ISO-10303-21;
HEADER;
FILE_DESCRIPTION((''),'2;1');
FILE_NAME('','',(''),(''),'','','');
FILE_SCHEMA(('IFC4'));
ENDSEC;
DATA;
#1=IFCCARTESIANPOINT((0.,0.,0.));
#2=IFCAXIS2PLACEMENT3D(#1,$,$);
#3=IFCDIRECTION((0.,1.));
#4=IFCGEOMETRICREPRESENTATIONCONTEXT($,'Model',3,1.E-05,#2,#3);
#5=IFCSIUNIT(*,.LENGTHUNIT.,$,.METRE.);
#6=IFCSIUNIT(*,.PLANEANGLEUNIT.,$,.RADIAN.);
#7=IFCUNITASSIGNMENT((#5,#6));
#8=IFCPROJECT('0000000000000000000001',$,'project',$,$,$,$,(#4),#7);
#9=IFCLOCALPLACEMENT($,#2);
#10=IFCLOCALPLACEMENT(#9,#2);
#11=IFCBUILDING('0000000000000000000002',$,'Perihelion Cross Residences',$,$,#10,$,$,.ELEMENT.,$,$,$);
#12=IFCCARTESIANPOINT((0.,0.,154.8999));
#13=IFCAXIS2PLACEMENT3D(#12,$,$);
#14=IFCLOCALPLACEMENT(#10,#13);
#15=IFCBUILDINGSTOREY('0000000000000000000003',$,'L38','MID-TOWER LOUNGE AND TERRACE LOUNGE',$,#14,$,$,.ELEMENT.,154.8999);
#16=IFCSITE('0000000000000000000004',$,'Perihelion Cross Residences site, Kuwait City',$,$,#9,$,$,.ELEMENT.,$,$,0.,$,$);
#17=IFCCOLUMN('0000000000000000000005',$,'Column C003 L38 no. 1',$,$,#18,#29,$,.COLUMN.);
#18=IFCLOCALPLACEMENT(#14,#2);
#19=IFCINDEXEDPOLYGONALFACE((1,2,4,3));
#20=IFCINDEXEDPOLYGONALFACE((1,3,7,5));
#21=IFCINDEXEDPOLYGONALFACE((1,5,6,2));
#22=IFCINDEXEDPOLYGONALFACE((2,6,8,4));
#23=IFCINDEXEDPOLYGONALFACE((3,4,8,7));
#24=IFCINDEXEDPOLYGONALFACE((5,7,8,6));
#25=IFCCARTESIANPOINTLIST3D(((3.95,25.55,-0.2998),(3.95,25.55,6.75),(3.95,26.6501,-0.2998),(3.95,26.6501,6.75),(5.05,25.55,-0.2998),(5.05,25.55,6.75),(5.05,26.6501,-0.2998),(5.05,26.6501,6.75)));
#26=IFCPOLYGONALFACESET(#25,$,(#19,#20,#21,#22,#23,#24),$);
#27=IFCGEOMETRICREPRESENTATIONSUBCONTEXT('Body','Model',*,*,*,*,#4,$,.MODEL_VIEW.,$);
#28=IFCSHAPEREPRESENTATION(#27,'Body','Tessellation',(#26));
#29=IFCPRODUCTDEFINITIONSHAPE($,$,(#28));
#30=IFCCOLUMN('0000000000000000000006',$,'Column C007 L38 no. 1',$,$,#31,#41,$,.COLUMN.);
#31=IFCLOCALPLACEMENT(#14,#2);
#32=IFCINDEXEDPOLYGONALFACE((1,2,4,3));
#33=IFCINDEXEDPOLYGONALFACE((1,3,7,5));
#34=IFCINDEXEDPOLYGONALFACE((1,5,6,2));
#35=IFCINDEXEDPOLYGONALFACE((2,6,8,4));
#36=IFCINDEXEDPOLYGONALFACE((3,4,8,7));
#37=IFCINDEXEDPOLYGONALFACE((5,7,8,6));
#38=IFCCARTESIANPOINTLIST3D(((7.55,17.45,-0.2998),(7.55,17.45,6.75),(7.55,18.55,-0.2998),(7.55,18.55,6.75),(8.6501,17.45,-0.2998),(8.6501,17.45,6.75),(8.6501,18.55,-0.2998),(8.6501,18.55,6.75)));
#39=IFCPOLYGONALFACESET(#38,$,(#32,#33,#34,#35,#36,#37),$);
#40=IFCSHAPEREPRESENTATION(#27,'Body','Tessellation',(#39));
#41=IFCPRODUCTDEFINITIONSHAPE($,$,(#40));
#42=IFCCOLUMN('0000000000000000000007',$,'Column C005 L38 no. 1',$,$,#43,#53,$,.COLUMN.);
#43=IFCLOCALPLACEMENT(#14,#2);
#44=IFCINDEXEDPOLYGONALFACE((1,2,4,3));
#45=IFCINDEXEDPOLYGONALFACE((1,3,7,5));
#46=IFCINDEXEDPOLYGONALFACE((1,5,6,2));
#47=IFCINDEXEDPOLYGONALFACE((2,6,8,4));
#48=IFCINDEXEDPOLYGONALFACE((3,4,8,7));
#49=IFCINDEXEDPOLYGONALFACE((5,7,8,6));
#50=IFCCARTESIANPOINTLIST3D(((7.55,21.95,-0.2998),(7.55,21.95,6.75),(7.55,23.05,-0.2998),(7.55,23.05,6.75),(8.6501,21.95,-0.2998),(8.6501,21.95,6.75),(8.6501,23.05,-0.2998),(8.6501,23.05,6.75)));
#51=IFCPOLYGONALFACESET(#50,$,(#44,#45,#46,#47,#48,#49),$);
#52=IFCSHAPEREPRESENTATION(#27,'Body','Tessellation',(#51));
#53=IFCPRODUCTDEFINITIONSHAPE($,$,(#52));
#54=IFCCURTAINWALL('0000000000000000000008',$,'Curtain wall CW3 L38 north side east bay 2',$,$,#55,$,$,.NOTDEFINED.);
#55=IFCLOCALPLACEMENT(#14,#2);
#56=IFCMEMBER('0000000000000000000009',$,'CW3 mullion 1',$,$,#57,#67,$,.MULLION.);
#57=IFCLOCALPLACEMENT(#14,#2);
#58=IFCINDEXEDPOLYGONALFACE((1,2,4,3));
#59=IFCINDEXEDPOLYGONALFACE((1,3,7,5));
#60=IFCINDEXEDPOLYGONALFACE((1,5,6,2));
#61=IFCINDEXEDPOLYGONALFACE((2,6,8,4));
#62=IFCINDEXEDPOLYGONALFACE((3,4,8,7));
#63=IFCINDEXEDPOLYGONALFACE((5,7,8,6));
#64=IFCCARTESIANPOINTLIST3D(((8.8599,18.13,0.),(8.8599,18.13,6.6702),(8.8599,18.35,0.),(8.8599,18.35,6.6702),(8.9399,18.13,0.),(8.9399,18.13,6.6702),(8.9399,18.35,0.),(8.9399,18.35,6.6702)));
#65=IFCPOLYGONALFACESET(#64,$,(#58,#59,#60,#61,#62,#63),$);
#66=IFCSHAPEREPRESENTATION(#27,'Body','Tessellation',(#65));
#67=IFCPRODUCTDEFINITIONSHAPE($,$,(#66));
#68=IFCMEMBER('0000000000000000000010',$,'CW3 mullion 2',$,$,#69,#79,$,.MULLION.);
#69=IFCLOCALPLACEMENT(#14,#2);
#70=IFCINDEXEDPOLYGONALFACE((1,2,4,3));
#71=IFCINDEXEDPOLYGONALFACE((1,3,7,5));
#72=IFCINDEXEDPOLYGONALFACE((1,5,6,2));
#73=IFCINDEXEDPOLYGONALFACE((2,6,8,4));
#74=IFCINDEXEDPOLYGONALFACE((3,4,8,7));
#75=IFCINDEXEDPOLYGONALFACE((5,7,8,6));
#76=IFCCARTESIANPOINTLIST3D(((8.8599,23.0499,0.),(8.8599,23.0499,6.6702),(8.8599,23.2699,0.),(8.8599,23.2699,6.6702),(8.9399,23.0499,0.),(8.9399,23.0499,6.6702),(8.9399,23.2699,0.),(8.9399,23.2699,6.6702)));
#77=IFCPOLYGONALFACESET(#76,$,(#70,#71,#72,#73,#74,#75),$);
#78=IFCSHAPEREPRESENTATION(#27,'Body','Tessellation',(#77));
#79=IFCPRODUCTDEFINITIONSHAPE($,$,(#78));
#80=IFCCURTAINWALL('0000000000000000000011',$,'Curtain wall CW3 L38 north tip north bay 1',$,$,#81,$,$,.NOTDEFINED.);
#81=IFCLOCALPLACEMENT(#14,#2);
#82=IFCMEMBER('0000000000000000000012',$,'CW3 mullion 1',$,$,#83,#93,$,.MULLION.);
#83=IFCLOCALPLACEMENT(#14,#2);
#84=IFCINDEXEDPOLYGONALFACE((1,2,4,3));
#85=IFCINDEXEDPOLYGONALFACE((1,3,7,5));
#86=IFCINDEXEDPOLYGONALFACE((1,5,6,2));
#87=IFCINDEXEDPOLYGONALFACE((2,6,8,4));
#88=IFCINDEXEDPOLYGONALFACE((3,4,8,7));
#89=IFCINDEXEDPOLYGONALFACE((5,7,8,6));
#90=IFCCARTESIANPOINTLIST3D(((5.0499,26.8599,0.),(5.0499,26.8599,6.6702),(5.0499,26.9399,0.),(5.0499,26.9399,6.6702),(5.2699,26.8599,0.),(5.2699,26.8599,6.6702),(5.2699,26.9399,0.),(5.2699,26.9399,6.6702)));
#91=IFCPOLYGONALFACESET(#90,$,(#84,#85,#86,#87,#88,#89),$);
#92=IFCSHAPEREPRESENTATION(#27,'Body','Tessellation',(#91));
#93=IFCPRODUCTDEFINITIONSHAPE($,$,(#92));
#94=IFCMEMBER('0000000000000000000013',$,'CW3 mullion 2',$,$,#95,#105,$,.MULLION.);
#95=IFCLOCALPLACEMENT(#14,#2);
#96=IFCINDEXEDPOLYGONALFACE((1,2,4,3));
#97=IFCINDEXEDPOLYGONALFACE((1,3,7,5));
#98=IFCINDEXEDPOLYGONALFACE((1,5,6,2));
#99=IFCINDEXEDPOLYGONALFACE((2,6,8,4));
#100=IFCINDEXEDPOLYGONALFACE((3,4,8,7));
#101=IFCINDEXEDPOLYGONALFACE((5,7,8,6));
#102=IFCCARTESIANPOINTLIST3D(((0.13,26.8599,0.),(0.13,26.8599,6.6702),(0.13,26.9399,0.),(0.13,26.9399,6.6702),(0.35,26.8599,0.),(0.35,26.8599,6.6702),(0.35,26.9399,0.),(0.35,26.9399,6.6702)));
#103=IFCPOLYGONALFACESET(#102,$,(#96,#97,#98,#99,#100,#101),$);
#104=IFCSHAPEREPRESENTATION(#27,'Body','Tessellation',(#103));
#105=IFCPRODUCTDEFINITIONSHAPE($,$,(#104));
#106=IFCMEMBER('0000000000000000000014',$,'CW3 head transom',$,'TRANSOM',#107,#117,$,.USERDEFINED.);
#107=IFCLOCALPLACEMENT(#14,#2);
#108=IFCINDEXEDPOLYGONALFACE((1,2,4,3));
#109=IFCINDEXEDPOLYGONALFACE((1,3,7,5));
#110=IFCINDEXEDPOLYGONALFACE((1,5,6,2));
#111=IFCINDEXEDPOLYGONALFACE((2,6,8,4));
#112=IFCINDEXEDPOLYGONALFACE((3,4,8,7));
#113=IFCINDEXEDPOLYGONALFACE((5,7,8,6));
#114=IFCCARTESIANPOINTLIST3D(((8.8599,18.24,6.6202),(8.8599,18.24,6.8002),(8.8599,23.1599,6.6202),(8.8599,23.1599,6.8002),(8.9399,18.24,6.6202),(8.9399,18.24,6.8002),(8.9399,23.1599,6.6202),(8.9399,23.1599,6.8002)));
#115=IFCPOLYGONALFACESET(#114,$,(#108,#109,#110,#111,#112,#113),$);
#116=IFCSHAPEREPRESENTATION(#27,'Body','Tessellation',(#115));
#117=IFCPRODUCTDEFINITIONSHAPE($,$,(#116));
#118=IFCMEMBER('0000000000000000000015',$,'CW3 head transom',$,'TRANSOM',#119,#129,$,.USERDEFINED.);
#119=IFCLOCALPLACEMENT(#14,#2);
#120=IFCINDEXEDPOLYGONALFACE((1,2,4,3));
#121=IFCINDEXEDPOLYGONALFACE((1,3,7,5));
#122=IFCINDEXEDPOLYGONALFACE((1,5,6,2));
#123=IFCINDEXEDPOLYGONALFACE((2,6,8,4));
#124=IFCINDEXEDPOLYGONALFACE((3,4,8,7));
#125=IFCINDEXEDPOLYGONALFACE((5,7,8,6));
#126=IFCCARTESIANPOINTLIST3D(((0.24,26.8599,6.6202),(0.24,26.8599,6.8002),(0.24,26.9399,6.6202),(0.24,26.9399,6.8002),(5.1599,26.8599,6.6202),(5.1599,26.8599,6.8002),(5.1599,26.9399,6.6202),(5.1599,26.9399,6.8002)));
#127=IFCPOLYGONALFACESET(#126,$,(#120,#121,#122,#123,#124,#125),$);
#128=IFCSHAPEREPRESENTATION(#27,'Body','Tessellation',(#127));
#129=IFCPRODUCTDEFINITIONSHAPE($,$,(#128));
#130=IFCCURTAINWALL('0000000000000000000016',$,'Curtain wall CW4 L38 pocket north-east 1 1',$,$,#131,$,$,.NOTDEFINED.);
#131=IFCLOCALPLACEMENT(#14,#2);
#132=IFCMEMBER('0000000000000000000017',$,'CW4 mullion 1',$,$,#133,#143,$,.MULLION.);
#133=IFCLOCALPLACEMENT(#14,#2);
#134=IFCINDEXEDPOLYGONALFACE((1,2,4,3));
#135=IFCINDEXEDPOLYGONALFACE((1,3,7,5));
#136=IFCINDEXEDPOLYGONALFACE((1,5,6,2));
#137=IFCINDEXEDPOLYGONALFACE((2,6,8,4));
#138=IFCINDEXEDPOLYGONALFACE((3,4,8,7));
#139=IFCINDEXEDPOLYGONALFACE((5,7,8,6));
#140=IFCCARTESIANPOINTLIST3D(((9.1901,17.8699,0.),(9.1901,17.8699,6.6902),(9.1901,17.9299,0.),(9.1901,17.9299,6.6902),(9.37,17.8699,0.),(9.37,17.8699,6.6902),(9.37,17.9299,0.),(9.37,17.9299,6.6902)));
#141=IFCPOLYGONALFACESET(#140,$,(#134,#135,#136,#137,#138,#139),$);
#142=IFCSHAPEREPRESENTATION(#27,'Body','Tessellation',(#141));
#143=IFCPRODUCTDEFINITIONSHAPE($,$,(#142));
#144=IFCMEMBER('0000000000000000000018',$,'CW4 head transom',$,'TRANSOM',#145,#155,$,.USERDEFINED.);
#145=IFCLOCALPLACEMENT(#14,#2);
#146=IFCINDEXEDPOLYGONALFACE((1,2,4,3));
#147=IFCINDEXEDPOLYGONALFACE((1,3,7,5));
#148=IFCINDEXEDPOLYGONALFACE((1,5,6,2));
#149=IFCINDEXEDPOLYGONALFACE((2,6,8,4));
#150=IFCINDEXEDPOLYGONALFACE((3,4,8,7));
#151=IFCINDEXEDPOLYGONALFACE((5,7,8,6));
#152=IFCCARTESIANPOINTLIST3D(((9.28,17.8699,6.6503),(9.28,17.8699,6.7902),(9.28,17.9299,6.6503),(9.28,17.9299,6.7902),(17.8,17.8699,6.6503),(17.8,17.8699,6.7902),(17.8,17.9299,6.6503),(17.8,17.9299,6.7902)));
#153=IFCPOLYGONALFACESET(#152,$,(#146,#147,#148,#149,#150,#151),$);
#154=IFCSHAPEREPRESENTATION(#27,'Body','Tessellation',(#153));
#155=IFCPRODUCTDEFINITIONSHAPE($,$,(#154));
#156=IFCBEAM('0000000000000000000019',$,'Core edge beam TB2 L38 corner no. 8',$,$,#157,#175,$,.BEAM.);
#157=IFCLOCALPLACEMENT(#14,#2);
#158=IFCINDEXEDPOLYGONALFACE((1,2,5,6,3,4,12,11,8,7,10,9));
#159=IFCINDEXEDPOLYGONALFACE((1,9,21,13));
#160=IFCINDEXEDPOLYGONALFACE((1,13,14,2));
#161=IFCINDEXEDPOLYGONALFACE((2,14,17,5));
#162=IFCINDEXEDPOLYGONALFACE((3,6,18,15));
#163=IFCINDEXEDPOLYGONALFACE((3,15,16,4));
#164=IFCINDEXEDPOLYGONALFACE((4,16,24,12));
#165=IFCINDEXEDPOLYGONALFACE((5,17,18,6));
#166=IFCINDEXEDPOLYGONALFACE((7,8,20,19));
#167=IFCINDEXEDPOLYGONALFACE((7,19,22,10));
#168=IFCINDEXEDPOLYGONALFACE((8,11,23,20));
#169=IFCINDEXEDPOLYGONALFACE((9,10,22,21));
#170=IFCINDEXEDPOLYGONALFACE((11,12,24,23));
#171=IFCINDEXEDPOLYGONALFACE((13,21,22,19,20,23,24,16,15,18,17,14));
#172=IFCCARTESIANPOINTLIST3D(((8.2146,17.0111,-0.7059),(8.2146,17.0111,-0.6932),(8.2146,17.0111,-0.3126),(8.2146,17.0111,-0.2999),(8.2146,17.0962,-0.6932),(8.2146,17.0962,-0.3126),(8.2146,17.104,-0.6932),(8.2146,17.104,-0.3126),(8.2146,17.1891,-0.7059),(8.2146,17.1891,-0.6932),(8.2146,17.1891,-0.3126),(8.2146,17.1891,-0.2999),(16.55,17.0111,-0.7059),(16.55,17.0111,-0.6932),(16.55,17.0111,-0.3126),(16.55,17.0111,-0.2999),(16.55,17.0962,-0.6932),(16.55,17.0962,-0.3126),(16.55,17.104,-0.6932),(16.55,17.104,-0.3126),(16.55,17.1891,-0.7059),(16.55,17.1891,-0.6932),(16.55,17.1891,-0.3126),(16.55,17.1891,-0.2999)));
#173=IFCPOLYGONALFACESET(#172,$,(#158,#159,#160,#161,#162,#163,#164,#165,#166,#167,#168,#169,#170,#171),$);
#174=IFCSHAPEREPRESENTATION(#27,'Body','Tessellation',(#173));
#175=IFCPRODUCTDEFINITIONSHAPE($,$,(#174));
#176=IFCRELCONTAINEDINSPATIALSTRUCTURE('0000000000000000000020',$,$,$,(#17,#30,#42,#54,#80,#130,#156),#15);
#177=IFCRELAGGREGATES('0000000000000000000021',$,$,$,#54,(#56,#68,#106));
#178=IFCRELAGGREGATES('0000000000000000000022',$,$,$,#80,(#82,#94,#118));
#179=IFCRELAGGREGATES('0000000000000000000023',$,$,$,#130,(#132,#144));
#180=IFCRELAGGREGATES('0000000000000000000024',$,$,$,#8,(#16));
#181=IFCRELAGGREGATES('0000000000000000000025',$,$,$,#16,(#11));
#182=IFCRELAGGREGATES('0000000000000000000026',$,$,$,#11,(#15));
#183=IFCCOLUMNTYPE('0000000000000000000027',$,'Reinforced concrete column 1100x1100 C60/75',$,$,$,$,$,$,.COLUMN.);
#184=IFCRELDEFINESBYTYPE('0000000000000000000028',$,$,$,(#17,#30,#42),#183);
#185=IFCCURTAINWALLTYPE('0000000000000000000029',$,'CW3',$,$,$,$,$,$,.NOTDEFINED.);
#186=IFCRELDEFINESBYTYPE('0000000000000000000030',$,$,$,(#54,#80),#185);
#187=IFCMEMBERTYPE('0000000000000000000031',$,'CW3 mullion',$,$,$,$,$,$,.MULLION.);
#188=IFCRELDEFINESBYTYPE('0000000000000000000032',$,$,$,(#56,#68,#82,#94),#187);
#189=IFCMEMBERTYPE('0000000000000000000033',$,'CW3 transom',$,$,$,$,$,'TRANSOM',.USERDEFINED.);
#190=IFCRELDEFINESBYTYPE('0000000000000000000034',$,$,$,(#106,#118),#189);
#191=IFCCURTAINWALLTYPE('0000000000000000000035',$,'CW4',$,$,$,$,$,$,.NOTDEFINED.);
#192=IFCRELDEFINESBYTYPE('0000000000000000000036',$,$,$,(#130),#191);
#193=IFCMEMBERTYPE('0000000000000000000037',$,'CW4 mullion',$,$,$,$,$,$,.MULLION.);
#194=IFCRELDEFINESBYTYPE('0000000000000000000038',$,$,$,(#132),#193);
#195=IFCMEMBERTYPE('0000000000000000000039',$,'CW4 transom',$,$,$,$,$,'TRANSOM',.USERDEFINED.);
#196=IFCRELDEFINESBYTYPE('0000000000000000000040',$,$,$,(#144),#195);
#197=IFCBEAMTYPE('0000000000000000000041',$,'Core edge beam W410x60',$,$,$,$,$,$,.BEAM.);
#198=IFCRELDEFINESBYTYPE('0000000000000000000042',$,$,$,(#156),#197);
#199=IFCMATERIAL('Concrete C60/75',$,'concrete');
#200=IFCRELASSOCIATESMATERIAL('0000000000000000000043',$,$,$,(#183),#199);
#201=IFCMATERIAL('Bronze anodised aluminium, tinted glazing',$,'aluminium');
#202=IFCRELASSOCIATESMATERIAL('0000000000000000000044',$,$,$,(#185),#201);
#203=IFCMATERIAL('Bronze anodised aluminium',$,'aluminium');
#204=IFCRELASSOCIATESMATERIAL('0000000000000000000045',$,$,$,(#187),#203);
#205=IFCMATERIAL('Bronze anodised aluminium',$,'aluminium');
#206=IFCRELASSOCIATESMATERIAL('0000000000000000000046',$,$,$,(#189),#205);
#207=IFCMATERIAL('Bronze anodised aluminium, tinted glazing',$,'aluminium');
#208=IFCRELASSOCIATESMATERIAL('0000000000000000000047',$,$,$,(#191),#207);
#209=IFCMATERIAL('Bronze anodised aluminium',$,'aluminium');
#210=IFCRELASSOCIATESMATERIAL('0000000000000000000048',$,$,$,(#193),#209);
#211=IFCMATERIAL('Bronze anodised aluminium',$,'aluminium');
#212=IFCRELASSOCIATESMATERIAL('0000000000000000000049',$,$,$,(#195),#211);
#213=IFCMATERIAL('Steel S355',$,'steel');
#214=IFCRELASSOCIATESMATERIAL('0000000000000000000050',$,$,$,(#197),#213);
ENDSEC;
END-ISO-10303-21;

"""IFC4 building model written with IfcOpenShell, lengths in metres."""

from ifc_helpers import new_model, si_unit, direction, frame, origin, origin_2d, place, context, subcontext, project, spatial, rectangle, i_section, extrude, material, material_profile, profile_set, type_object, element, aggregate, save


model = new_model("IFC4")

# Units and contexts
model_context = context("Model", 3, precision=1e-05, world=origin(), true_north=direction((0.0, 1.0)))
body_context = subcontext(model_context, "Body", "Model", "MODEL_VIEW")
ifc_project = project(units=[si_unit("LENGTHUNIT", "METRE"), si_unit("PLANEANGLEUNIT", "RADIAN")], contexts=[model_context])

# Site, building, storey
site_placement = place(None, origin())
site = spatial("IfcSite", under=ifc_project, at=site_placement, Name="Perihelion Cross Residences site, Kuwait City", CompositionType="ELEMENT", RefElevation=0.0)
building_placement = place(site_placement, origin())
building = spatial("IfcBuilding", under=site, at=building_placement, Name="Perihelion Cross Residences", CompositionType="ELEMENT")
storey_placement = place(building_placement, frame((0.0, 0.0, 154.8999)))
storey = spatial("IfcBuildingStorey", under=building, at=storey_placement, Name="L38", Description="MID-TOWER LOUNGE AND TERRACE LOUNGE", CompositionType="ELEMENT", Elevation=154.8999)

# Columns
ifc_material_1 = material(Name="Concrete C60/75", Category="concrete")
ifc_material_profile_1 = material_profile(ifc_material_1, rectangle(XDim=1.1001, YDim=1.1001, at=origin_2d()), Name="RC 1100x1100")
ifc_profile_set_1 = profile_set([ifc_material_profile_1], Name="Concrete C60/75")
column_type = type_object("IfcColumnType", Name="Reinforced concrete column 1100x1100 C60/75", PredefinedType="COLUMN", material=ifc_profile_set_1)
for number, where, z_axis, x_axis, name in (
    (1, (4.5, 26.1001, -0.2998), (0.0, 0.0, 1.0), (1.0, 0.0, 0.0), "Column C003 L38 no. 1"),
    (2, (8.1001, 18.0, -0.2998), (0.0, 0.0, 1.0), (1.0, 0.0, 0.0), "Column C007 L38 no. 1"),
    (3, (8.1001, 22.5, -0.2998), (0.0, 0.0, 1.0), (1.0, 0.0, 0.0), "Column C005 L38 no. 1"),
):
    element("IfcColumn", number, at=place(storey_placement, frame(where, z_axis=z_axis, x_axis=x_axis)), inside=storey, type_object=column_type, Name=name, PredefinedType="COLUMN", context=body_context, shape_type="SweptSolid", body=[
        extrude(rectangle(XDim=1.1001, YDim=1.1001, at=origin_2d()), origin(), (0.0, 0.0, 1.0), 7.0498),
    ])

# Curtain walls, members
ifc_material_2 = material(Name="Bronze anodised aluminium, tinted glazing", Category="aluminium")
curtain_wall_type_1 = type_object("IfcCurtainWallType", Name="CW3", PredefinedType="NOTDEFINED", material=ifc_material_2)
curtain_wall_1_placement = place(storey_placement, origin())
curtain_wall_1 = element("IfcCurtainWall", 4, at=curtain_wall_1_placement, inside=storey, type_object=curtain_wall_type_1, Name="Curtain wall CW3 L38 north side east bay 2", PredefinedType="NOTDEFINED")
ifc_material_3 = material(Name="Bronze anodised aluminium", Category="aluminium")
ifc_material_profile_2 = material_profile(ifc_material_3, rectangle(XDim=0.0801, YDim=0.22, at=origin_2d()), Name="CW3 mullion")
ifc_profile_set_2 = profile_set([ifc_material_profile_2], Name="Bronze anodised aluminium")
member_type_1 = type_object("IfcMemberType", Name="CW3 mullion", PredefinedType="MULLION", material=ifc_profile_set_2)
member_1_placement = place(storey_placement, frame((8.8999, 18.24, 0.0), z_axis=(0.0, 0.0, 1.0), x_axis=(-1.0, 0.0, 0.0)))
member_1 = element("IfcMember", 5, at=member_1_placement, type_object=member_type_1, Name="CW3 mullion 1", PredefinedType="MULLION", context=body_context, shape_type="SweptSolid", body=[
    extrude(rectangle(XDim=0.0801, YDim=0.22, at=origin_2d()), origin(), (0.0, 0.0, 1.0), 6.6702),
])
member_2_placement = place(storey_placement, frame((8.8999, 23.1599, 0.0), z_axis=(0.0, 0.0, 1.0), x_axis=(-1.0, 0.0, 0.0)))
member_2 = element("IfcMember", 6, at=member_2_placement, type_object=member_type_1, Name="CW3 mullion 2", PredefinedType="MULLION", context=body_context, shape_type="SweptSolid", body=[
    extrude(rectangle(XDim=0.0801, YDim=0.22, at=origin_2d()), origin(), (0.0, 0.0, 1.0), 6.6702),
])
curtain_wall_2_placement = place(storey_placement, origin())
curtain_wall_2 = element("IfcCurtainWall", 7, at=curtain_wall_2_placement, inside=storey, type_object=curtain_wall_type_1, Name="Curtain wall CW3 L38 north tip north bay 1", PredefinedType="NOTDEFINED")
member_3_placement = place(storey_placement, frame((5.1599, 26.8999, 0.0), z_axis=(0.0, 0.0, 1.0), x_axis=(0.0, -1.0, 0.0)))
member_3 = element("IfcMember", 8, at=member_3_placement, type_object=member_type_1, Name="CW3 mullion 1", PredefinedType="MULLION", context=body_context, shape_type="SweptSolid", body=[
    extrude(rectangle(XDim=0.0801, YDim=0.22, at=origin_2d()), origin(), (0.0, 0.0, 1.0), 6.6702),
])
member_4_placement = place(storey_placement, frame((0.24, 26.8999, 0.0), z_axis=(0.0, 0.0, 1.0), x_axis=(0.0, -1.0, 0.0)))
member_4 = element("IfcMember", 9, at=member_4_placement, type_object=member_type_1, Name="CW3 mullion 2", PredefinedType="MULLION", context=body_context, shape_type="SweptSolid", body=[
    extrude(rectangle(XDim=0.0801, YDim=0.22, at=origin_2d()), origin(), (0.0, 0.0, 1.0), 6.6702),
])

# Members
ifc_material_4 = material(Name="Bronze anodised aluminium", Category="aluminium")
ifc_material_profile_3 = material_profile(ifc_material_4, rectangle(XDim=0.0801, YDim=0.1799, at=origin_2d()), Name="CW3 transom")
ifc_profile_set_3 = profile_set([ifc_material_profile_3], Name="Bronze anodised aluminium")
member_type_2 = type_object("IfcMemberType", Name="CW3 transom", ElementType="TRANSOM", PredefinedType="USERDEFINED", material=ifc_profile_set_3)
member_5_placement = place(storey_placement, frame((8.8999, 18.24, 6.7102), z_axis=(0.0, 1.0, 0.0), x_axis=(-1.0, 0.0, 0.0)))
member_5 = element("IfcMember", 10, at=member_5_placement, type_object=member_type_2, Name="CW3 head transom", ObjectType="TRANSOM", PredefinedType="USERDEFINED", context=body_context, shape_type="SweptSolid", body=[
    extrude(rectangle(XDim=0.0801, YDim=0.1799, at=origin_2d()), origin(), (0.0, 0.0, 1.0), 4.9199),
])
member_6_placement = place(storey_placement, frame((5.1599, 26.8999, 6.7102), z_axis=(-1.0, 0.0, 0.0), x_axis=(0.0, -1.0, 0.0)))
member_6 = element("IfcMember", 11, at=member_6_placement, type_object=member_type_2, Name="CW3 head transom", ObjectType="TRANSOM", PredefinedType="USERDEFINED", context=body_context, shape_type="SweptSolid", body=[
    extrude(rectangle(XDim=0.0801, YDim=0.1799, at=origin_2d()), origin(), (0.0, 0.0, 1.0), 4.9199),
])

# Curtain wall, members
ifc_material_5 = material(Name="Bronze anodised aluminium, tinted glazing", Category="aluminium")
curtain_wall_type_2 = type_object("IfcCurtainWallType", Name="CW4", PredefinedType="NOTDEFINED", material=ifc_material_5)
curtain_wall_3_placement = place(storey_placement, origin())
curtain_wall_3 = element("IfcCurtainWall", 12, at=curtain_wall_3_placement, inside=storey, type_object=curtain_wall_type_2, Name="Curtain wall CW4 L38 pocket north-east 1 1", PredefinedType="NOTDEFINED")
ifc_material_6 = material(Name="Bronze anodised aluminium", Category="aluminium")
ifc_material_profile_4 = material_profile(ifc_material_6, rectangle(XDim=0.0601, YDim=0.1799, at=origin_2d()), Name="CW4 mullion")
ifc_profile_set_4 = profile_set([ifc_material_profile_4], Name="Bronze anodised aluminium")
member_type_3 = type_object("IfcMemberType", Name="CW4 mullion", PredefinedType="MULLION", material=ifc_profile_set_4)
member_7_placement = place(storey_placement, frame((9.28, 17.8999, 0.0), z_axis=(0.0, 0.0, 1.0), x_axis=(0.0, 1.0, 0.0)))
member_7 = element("IfcMember", 13, at=member_7_placement, type_object=member_type_3, Name="CW4 mullion 1", PredefinedType="MULLION", context=body_context, shape_type="SweptSolid", body=[
    extrude(rectangle(XDim=0.0601, YDim=0.1799, at=origin_2d()), origin(), (0.0, 0.0, 1.0), 6.6902),
])
ifc_material_7 = material(Name="Bronze anodised aluminium", Category="aluminium")
ifc_material_profile_5 = material_profile(ifc_material_7, rectangle(XDim=0.0601, YDim=0.1399, at=origin_2d()), Name="CW4 transom")
ifc_profile_set_5 = profile_set([ifc_material_profile_5], Name="Bronze anodised aluminium")
member_type_4 = type_object("IfcMemberType", Name="CW4 transom", ElementType="TRANSOM", PredefinedType="USERDEFINED", material=ifc_profile_set_5)
member_8_placement = place(storey_placement, frame((9.28, 17.8999, 6.7202), z_axis=(1.0, 0.0, 0.0), x_axis=(0.0, 1.0, 0.0)))
member_8 = element("IfcMember", 14, at=member_8_placement, type_object=member_type_4, Name="CW4 head transom", ObjectType="TRANSOM", PredefinedType="USERDEFINED", context=body_context, shape_type="SweptSolid", body=[
    extrude(rectangle(XDim=0.0601, YDim=0.1399, at=origin_2d()), origin(), (0.0, 0.0, 1.0), 8.52),
])

# Beam
ifc_material_8 = material(Name="Steel S355", Category="steel")
ifc_material_profile_6 = material_profile(ifc_material_8, i_section(OverallWidth=0.178, OverallDepth=0.406, WebThickness=0.0078, FlangeThickness=0.0127, at=origin_2d()), Name="W410x60")
ifc_profile_set_6 = profile_set([ifc_material_profile_6], Name="Steel S355")
beam_type_1 = type_object("IfcBeamType", Name="Core edge beam W410x60", PredefinedType="BEAM", material=ifc_profile_set_6)
beam_1_placement = place(storey_placement, frame((8.2146, 17.1001, -0.5029), z_axis=(1.0, 0.0, 0.0), x_axis=(0.0, 1.0, 0.0)))
element("IfcBeam", 15, at=beam_1_placement, inside=storey, type_object=beam_type_1, Name="Core edge beam TB2 L38 corner no. 8", PredefinedType="BEAM", context=body_context, shape_type="SweptSolid", body=[
    extrude(i_section(OverallWidth=0.178, OverallDepth=0.406, WebThickness=0.0078, FlangeThickness=0.0127, at=origin_2d()), origin(), (0.0, 0.0, 1.0), 8.3354),
])

aggregate(curtain_wall_1, [member_1, member_2, member_5])
aggregate(curtain_wall_2, [member_3, member_4, member_6])
aggregate(curtain_wall_3, [member_7, member_8])

save(model, "model.ifc")
